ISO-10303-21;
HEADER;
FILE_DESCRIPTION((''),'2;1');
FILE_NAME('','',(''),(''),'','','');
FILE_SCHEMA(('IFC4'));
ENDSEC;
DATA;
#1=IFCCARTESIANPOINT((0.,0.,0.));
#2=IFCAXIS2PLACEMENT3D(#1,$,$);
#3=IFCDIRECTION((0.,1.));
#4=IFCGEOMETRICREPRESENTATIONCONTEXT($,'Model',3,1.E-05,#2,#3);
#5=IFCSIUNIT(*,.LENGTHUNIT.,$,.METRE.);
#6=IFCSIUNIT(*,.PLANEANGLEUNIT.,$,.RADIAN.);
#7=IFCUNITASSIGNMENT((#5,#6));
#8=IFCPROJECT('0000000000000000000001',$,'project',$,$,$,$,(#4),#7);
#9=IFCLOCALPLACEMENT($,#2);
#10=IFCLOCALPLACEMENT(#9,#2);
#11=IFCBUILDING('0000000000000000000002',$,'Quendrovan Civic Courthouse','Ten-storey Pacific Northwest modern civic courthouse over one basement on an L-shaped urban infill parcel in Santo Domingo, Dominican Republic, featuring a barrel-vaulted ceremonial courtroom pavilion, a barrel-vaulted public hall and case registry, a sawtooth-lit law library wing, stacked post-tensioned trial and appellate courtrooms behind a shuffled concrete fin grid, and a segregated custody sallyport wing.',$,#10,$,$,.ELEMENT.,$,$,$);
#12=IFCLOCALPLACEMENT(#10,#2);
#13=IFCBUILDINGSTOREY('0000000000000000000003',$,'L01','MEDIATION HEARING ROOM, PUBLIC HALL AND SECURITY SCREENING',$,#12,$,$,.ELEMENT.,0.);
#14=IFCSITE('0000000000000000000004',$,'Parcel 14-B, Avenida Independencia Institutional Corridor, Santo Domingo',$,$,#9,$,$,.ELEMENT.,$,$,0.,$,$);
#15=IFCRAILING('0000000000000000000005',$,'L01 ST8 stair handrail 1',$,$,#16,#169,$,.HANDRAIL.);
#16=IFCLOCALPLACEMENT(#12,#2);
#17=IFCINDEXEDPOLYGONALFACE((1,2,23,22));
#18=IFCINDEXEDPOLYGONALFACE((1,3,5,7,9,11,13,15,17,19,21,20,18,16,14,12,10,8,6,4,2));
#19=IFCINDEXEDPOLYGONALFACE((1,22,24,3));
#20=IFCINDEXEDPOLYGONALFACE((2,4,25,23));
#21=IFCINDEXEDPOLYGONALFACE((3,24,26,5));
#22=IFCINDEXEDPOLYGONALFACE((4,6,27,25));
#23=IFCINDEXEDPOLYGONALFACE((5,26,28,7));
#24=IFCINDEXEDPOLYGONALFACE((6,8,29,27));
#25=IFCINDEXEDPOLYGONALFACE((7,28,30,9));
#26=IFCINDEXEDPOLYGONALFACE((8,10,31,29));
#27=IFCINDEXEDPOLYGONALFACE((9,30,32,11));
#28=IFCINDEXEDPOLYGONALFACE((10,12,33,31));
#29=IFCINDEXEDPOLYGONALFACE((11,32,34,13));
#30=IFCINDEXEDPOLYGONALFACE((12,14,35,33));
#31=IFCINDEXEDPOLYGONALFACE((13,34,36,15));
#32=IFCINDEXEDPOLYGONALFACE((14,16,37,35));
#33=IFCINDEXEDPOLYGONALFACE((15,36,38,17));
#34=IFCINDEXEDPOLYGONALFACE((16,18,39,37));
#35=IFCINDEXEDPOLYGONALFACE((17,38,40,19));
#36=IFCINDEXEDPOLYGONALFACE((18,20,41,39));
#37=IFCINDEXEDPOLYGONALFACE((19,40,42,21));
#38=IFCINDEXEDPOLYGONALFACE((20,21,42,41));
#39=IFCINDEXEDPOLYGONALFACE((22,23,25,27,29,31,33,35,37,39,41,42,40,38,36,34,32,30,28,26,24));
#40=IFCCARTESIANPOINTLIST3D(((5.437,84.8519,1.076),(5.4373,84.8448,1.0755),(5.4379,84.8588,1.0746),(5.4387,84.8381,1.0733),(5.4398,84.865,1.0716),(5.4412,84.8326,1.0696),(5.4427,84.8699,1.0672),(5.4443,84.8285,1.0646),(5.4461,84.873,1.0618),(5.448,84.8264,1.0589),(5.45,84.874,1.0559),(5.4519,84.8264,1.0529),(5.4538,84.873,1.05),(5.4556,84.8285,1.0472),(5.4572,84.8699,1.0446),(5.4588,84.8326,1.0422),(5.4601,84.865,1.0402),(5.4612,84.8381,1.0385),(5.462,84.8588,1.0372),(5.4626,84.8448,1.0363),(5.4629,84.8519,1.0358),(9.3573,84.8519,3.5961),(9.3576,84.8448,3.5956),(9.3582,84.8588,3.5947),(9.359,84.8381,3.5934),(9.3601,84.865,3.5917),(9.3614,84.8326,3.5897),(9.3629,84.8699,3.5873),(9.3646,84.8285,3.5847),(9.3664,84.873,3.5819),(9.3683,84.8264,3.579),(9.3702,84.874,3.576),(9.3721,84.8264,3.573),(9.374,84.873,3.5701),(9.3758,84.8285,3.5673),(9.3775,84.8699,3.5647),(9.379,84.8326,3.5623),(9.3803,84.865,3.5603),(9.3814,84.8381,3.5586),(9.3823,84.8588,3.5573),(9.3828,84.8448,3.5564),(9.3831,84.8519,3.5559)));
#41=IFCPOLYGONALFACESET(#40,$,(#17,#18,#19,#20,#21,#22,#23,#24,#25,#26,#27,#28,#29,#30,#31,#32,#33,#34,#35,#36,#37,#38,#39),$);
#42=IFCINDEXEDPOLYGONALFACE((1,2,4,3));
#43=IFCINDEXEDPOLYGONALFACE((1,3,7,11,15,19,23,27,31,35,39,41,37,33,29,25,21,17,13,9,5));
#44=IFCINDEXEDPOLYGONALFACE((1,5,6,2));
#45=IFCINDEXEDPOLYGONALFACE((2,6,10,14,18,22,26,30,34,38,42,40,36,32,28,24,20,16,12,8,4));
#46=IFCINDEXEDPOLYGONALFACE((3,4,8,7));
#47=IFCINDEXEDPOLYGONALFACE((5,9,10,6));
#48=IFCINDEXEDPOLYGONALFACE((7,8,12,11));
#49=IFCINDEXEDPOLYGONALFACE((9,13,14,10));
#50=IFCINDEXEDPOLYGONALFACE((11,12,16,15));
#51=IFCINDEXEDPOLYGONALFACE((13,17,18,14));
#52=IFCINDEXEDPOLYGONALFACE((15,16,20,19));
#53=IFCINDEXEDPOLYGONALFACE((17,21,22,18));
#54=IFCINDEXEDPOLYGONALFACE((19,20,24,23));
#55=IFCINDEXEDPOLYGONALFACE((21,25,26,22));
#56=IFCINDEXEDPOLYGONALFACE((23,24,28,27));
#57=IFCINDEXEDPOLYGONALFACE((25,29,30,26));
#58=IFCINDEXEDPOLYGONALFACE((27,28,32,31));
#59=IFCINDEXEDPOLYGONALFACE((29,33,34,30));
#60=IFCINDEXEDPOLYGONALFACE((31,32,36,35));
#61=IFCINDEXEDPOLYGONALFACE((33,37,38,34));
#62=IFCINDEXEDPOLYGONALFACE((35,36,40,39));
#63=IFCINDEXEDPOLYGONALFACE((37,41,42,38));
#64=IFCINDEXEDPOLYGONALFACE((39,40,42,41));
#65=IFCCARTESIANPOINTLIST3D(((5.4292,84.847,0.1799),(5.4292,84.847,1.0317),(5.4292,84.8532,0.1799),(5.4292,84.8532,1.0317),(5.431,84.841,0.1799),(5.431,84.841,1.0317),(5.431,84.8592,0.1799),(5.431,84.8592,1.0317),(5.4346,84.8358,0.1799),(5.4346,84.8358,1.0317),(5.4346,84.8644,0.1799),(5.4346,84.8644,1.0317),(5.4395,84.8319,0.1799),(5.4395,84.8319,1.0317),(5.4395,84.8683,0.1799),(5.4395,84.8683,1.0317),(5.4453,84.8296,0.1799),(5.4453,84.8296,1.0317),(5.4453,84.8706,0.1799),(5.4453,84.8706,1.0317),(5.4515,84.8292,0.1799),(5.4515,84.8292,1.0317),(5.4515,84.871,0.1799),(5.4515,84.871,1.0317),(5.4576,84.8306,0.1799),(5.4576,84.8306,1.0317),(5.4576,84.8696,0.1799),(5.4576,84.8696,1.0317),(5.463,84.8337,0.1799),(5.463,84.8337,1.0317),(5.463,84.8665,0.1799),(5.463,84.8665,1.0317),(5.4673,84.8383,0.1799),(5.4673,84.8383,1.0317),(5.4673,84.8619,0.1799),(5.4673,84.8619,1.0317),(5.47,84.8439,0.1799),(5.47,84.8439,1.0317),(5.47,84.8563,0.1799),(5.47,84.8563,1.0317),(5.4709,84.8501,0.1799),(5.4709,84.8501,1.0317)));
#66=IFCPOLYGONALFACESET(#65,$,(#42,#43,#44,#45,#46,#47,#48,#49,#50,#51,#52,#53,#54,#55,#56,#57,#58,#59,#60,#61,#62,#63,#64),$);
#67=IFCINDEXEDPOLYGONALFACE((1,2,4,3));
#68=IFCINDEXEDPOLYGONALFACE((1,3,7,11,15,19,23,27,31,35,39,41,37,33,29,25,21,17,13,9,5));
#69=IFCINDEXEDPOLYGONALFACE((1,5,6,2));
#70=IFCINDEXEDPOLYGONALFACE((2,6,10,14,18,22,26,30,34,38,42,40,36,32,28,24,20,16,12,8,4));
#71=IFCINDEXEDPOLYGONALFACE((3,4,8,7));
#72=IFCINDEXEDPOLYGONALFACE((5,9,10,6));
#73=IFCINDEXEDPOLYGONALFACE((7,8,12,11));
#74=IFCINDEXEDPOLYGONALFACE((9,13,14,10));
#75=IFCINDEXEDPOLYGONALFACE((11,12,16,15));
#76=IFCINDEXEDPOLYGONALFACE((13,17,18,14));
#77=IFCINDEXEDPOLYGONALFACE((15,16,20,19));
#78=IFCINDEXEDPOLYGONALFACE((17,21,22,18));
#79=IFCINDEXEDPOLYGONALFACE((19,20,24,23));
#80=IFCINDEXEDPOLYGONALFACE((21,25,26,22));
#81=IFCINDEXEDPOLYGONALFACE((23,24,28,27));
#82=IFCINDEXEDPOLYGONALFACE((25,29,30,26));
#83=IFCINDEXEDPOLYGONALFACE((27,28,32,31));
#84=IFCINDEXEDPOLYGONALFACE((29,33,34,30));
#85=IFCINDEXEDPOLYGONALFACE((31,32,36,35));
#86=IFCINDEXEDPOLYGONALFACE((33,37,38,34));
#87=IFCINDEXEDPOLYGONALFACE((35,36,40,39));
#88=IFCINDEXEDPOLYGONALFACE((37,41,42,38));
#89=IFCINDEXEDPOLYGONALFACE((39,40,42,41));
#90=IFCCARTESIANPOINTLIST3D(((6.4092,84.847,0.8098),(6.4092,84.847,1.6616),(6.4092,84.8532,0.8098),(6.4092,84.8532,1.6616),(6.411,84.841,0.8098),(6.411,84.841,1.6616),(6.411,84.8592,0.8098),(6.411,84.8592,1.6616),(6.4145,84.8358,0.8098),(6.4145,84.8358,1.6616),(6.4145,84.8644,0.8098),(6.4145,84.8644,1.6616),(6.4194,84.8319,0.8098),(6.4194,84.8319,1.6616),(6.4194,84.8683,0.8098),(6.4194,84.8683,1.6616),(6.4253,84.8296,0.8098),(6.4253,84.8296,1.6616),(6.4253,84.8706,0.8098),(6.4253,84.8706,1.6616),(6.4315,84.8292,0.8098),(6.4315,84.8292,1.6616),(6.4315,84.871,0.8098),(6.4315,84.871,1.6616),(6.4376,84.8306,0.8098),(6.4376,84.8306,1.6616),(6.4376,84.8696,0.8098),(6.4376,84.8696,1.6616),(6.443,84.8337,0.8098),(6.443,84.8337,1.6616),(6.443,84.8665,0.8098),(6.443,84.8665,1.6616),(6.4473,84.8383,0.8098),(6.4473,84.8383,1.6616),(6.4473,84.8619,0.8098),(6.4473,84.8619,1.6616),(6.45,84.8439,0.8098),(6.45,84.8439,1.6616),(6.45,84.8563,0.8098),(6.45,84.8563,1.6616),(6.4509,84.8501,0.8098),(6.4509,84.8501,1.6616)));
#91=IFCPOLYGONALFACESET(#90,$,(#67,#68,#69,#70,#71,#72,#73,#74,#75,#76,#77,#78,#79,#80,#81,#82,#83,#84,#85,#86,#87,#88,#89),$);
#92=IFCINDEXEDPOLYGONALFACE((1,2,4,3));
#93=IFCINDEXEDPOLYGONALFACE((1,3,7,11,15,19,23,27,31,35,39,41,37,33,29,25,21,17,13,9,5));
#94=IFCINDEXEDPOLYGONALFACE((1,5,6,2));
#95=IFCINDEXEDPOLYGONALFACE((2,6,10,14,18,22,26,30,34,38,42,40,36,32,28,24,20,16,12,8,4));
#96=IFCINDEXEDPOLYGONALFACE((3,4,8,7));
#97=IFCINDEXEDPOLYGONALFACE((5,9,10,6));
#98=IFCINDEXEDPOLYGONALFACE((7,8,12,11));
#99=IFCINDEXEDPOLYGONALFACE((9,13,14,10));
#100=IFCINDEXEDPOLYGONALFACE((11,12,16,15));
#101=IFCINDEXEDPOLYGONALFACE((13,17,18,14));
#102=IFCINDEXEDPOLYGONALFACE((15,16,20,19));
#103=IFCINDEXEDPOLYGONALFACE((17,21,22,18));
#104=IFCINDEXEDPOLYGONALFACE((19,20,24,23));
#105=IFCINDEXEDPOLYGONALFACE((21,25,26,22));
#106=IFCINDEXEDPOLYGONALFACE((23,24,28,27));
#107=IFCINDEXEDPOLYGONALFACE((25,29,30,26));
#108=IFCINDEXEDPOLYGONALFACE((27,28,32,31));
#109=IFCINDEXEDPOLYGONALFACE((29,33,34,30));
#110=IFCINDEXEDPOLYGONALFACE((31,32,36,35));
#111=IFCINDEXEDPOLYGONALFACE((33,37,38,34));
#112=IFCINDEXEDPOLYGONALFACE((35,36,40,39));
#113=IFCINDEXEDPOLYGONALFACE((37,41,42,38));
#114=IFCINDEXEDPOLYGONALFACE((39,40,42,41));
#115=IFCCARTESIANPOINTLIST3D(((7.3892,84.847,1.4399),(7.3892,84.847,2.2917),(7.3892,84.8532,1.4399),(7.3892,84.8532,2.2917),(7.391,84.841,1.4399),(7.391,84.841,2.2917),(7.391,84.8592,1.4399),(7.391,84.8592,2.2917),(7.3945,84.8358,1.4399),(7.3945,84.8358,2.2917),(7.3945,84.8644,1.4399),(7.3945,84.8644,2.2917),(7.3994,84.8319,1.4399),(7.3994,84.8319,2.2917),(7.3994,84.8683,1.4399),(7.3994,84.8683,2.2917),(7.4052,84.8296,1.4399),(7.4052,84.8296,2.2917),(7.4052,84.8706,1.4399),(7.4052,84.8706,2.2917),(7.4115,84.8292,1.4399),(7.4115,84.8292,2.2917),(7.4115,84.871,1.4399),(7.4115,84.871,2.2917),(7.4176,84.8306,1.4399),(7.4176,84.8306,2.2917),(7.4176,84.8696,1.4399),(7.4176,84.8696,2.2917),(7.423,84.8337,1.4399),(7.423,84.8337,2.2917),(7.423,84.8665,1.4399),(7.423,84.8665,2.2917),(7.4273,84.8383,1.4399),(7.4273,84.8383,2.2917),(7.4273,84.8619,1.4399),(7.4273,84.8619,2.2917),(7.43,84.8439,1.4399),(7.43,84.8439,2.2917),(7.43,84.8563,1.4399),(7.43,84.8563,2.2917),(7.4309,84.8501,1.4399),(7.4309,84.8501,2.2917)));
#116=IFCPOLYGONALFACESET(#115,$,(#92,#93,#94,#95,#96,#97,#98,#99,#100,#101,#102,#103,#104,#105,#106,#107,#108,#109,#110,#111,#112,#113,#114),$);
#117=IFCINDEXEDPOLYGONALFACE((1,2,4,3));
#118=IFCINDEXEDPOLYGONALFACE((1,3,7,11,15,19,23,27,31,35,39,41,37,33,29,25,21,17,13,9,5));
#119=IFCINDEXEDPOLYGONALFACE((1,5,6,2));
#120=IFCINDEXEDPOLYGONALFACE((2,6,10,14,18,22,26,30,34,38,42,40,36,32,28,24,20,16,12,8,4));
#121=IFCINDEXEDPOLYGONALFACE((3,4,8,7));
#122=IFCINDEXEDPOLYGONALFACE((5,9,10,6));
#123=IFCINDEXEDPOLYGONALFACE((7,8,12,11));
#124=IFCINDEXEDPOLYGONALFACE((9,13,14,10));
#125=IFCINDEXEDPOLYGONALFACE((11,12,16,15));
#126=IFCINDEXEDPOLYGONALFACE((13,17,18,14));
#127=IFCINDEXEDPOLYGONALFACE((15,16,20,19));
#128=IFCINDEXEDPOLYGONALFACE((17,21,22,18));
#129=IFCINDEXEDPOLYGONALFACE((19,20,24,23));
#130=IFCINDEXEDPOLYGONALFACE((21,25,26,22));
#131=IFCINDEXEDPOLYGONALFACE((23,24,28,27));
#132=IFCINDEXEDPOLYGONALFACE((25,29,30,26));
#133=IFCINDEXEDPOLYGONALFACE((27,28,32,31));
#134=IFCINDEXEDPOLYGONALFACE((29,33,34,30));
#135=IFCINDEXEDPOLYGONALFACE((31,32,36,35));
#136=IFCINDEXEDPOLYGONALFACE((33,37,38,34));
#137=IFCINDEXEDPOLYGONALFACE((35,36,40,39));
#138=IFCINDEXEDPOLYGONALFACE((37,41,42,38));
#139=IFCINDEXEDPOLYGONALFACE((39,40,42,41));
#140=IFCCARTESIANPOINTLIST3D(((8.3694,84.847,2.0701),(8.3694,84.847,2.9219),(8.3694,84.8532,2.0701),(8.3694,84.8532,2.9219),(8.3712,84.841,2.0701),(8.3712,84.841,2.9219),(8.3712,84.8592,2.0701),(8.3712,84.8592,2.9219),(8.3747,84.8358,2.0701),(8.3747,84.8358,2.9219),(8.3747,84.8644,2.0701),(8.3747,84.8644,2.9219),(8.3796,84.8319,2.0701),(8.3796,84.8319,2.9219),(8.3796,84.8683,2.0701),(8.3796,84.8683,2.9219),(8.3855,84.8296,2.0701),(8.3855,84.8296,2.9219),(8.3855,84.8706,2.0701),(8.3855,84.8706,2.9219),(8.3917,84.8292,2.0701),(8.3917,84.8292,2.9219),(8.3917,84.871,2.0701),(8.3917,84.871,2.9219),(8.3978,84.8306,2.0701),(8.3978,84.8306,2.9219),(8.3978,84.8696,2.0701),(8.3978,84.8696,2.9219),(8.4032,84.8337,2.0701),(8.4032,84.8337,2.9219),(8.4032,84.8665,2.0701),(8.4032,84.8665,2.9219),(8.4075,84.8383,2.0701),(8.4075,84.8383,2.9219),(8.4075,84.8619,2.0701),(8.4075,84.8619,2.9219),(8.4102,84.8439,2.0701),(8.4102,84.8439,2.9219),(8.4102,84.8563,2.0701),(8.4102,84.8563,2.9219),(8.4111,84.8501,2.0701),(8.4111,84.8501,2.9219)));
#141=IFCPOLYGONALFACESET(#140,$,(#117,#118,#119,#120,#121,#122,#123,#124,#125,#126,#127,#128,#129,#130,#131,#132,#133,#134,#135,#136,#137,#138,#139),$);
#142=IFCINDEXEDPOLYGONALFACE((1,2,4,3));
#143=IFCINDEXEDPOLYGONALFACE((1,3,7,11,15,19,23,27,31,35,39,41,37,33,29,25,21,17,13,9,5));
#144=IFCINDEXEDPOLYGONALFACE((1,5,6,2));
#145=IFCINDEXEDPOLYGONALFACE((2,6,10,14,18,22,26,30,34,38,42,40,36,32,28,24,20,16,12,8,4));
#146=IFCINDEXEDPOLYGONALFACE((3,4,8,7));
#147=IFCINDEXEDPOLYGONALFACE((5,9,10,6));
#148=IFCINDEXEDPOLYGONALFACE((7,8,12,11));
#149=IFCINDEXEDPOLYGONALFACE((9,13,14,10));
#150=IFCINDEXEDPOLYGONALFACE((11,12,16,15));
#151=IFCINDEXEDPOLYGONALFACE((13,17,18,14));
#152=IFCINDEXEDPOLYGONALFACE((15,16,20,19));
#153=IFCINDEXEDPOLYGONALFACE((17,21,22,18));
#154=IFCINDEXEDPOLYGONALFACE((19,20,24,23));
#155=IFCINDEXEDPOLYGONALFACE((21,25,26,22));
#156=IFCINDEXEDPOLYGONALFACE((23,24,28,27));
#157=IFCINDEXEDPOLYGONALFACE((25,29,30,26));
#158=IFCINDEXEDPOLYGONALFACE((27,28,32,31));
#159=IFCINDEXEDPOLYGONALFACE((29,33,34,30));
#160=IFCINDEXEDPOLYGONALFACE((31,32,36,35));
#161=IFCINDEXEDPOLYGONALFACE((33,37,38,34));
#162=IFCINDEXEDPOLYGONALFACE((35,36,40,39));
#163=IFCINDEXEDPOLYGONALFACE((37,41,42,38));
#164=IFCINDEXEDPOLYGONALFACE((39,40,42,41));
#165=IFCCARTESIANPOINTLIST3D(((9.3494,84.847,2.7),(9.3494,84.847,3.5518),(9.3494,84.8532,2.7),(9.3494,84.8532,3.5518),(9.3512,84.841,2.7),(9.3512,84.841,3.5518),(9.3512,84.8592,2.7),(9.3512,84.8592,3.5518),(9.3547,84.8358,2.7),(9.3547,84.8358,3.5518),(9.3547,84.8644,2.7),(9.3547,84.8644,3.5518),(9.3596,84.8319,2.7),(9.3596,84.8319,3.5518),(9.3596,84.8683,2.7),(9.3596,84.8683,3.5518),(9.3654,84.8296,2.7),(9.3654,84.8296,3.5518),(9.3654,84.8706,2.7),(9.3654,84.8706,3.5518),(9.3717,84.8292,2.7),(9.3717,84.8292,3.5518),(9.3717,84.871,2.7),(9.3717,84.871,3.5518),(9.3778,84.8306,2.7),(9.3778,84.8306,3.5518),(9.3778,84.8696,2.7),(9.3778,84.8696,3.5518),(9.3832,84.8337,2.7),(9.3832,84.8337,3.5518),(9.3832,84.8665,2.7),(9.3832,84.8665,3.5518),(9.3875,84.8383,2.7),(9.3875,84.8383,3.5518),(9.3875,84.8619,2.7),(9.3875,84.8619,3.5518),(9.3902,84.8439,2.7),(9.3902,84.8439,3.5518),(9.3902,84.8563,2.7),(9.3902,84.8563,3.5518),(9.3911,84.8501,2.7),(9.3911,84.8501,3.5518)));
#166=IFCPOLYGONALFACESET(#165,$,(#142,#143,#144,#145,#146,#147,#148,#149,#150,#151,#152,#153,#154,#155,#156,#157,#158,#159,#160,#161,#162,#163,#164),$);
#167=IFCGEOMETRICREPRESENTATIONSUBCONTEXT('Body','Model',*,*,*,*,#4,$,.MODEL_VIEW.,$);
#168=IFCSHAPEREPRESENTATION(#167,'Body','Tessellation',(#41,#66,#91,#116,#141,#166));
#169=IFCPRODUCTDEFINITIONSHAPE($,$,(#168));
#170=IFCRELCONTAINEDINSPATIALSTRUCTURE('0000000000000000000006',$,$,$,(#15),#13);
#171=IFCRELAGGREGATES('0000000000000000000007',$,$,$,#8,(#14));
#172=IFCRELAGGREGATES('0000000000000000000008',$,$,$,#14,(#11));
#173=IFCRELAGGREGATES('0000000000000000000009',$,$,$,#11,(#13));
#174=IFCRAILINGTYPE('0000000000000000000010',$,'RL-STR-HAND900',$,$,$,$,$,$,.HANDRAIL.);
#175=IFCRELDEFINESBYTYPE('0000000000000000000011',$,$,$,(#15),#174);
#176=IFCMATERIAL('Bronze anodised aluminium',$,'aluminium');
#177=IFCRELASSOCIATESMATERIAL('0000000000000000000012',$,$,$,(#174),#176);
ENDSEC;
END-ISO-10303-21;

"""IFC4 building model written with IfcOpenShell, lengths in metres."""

from ifc_helpers import new_model, si_unit, direction, frame, origin, origin_2d, place, context, subcontext, project, spatial, circle, extrude, material, type_object, element, save


model = new_model("IFC4")

# Units and contexts
model_context = context("Model", 3, precision=1e-05, world=origin(), true_north=direction((0.0, 1.0)))
body_context = subcontext(model_context, "Body", "Model", "MODEL_VIEW")
ifc_project = project(units=[si_unit("LENGTHUNIT", "METRE"), si_unit("PLANEANGLEUNIT", "RADIAN")], contexts=[model_context])

# Site, building, storey
site_placement = place(None, origin())
site = spatial("IfcSite", under=ifc_project, at=site_placement, Name="Parcel 14-B, Avenida Independencia Institutional Corridor, Santo Domingo", CompositionType="ELEMENT", RefElevation=0.0)
building_placement = place(site_placement, origin())
building = spatial("IfcBuilding", under=site, at=building_placement, Name="Quendrovan Civic Courthouse", Description="Ten-storey Pacific Northwest modern civic courthouse over one basement on an L-shaped urban infill parcel in Santo Domingo, Dominican Republic, featuring a barrel-vaulted ceremonial courtroom pavilion, a barrel-vaulted public hall and case registry, a sawtooth-lit law library wing, stacked post-tensioned trial and appellate courtrooms behind a shuffled concrete fin grid, and a segregated custody sallyport wing.", CompositionType="ELEMENT")
storey_placement = place(building_placement, origin())
storey = spatial("IfcBuildingStorey", under=building, at=storey_placement, Name="L01", Description="MEDIATION HEARING ROOM, PUBLIC HALL AND SECURITY SCREENING", CompositionType="ELEMENT", Elevation=0.0)

# Shared definitions
ifc_material_1 = material(Name="Bronze anodised aluminium", Category="aluminium")

# Railing
railing_type_1 = type_object("IfcRailingType", Name="RL-STR-HAND900", PredefinedType="HANDRAIL", material=ifc_material_1)
railing_1_placement = place(storey_placement, frame((5.45, 84.8501, 0.1799)))
element("IfcRailing", 1, at=railing_1_placement, inside=storey, type_object=railing_type_1, Name="L01 ST8 stair handrail 1", PredefinedType="HANDRAIL", context=body_context, shape_type="SweptSolid", body=[
    extrude(circle(Radius=0.0239, at=origin_2d()), frame((0.0, 0.0, 0.876), z_axis=(0.841187, 0.0, 0.540744), x_axis=(0.0, 1.0, 0.0)), (0.0, 0.0, 1.0), 4.6604),
    extrude(circle(Radius=0.021, at=origin_2d()), origin(), (0.0, 0.0, 1.0), 0.8518),
    extrude(circle(Radius=0.021, at=origin_2d()), frame((0.98, 0.0, 0.6299)), (0.0, 0.0, 1.0), 0.8518),
    extrude(circle(Radius=0.021, at=origin_2d()), frame((1.96, 0.0, 1.26)), (0.0, 0.0, 1.0), 0.8518),
    extrude(circle(Radius=0.021, at=origin_2d()), frame((2.9402, 0.0, 1.8901)), (0.0, 0.0, 1.0), 0.8518),
    extrude(circle(Radius=0.021, at=origin_2d()), frame((3.9202, 0.0, 2.52)), (0.0, 0.0, 1.0), 0.8518),
])

save(model, "model.ifc")
